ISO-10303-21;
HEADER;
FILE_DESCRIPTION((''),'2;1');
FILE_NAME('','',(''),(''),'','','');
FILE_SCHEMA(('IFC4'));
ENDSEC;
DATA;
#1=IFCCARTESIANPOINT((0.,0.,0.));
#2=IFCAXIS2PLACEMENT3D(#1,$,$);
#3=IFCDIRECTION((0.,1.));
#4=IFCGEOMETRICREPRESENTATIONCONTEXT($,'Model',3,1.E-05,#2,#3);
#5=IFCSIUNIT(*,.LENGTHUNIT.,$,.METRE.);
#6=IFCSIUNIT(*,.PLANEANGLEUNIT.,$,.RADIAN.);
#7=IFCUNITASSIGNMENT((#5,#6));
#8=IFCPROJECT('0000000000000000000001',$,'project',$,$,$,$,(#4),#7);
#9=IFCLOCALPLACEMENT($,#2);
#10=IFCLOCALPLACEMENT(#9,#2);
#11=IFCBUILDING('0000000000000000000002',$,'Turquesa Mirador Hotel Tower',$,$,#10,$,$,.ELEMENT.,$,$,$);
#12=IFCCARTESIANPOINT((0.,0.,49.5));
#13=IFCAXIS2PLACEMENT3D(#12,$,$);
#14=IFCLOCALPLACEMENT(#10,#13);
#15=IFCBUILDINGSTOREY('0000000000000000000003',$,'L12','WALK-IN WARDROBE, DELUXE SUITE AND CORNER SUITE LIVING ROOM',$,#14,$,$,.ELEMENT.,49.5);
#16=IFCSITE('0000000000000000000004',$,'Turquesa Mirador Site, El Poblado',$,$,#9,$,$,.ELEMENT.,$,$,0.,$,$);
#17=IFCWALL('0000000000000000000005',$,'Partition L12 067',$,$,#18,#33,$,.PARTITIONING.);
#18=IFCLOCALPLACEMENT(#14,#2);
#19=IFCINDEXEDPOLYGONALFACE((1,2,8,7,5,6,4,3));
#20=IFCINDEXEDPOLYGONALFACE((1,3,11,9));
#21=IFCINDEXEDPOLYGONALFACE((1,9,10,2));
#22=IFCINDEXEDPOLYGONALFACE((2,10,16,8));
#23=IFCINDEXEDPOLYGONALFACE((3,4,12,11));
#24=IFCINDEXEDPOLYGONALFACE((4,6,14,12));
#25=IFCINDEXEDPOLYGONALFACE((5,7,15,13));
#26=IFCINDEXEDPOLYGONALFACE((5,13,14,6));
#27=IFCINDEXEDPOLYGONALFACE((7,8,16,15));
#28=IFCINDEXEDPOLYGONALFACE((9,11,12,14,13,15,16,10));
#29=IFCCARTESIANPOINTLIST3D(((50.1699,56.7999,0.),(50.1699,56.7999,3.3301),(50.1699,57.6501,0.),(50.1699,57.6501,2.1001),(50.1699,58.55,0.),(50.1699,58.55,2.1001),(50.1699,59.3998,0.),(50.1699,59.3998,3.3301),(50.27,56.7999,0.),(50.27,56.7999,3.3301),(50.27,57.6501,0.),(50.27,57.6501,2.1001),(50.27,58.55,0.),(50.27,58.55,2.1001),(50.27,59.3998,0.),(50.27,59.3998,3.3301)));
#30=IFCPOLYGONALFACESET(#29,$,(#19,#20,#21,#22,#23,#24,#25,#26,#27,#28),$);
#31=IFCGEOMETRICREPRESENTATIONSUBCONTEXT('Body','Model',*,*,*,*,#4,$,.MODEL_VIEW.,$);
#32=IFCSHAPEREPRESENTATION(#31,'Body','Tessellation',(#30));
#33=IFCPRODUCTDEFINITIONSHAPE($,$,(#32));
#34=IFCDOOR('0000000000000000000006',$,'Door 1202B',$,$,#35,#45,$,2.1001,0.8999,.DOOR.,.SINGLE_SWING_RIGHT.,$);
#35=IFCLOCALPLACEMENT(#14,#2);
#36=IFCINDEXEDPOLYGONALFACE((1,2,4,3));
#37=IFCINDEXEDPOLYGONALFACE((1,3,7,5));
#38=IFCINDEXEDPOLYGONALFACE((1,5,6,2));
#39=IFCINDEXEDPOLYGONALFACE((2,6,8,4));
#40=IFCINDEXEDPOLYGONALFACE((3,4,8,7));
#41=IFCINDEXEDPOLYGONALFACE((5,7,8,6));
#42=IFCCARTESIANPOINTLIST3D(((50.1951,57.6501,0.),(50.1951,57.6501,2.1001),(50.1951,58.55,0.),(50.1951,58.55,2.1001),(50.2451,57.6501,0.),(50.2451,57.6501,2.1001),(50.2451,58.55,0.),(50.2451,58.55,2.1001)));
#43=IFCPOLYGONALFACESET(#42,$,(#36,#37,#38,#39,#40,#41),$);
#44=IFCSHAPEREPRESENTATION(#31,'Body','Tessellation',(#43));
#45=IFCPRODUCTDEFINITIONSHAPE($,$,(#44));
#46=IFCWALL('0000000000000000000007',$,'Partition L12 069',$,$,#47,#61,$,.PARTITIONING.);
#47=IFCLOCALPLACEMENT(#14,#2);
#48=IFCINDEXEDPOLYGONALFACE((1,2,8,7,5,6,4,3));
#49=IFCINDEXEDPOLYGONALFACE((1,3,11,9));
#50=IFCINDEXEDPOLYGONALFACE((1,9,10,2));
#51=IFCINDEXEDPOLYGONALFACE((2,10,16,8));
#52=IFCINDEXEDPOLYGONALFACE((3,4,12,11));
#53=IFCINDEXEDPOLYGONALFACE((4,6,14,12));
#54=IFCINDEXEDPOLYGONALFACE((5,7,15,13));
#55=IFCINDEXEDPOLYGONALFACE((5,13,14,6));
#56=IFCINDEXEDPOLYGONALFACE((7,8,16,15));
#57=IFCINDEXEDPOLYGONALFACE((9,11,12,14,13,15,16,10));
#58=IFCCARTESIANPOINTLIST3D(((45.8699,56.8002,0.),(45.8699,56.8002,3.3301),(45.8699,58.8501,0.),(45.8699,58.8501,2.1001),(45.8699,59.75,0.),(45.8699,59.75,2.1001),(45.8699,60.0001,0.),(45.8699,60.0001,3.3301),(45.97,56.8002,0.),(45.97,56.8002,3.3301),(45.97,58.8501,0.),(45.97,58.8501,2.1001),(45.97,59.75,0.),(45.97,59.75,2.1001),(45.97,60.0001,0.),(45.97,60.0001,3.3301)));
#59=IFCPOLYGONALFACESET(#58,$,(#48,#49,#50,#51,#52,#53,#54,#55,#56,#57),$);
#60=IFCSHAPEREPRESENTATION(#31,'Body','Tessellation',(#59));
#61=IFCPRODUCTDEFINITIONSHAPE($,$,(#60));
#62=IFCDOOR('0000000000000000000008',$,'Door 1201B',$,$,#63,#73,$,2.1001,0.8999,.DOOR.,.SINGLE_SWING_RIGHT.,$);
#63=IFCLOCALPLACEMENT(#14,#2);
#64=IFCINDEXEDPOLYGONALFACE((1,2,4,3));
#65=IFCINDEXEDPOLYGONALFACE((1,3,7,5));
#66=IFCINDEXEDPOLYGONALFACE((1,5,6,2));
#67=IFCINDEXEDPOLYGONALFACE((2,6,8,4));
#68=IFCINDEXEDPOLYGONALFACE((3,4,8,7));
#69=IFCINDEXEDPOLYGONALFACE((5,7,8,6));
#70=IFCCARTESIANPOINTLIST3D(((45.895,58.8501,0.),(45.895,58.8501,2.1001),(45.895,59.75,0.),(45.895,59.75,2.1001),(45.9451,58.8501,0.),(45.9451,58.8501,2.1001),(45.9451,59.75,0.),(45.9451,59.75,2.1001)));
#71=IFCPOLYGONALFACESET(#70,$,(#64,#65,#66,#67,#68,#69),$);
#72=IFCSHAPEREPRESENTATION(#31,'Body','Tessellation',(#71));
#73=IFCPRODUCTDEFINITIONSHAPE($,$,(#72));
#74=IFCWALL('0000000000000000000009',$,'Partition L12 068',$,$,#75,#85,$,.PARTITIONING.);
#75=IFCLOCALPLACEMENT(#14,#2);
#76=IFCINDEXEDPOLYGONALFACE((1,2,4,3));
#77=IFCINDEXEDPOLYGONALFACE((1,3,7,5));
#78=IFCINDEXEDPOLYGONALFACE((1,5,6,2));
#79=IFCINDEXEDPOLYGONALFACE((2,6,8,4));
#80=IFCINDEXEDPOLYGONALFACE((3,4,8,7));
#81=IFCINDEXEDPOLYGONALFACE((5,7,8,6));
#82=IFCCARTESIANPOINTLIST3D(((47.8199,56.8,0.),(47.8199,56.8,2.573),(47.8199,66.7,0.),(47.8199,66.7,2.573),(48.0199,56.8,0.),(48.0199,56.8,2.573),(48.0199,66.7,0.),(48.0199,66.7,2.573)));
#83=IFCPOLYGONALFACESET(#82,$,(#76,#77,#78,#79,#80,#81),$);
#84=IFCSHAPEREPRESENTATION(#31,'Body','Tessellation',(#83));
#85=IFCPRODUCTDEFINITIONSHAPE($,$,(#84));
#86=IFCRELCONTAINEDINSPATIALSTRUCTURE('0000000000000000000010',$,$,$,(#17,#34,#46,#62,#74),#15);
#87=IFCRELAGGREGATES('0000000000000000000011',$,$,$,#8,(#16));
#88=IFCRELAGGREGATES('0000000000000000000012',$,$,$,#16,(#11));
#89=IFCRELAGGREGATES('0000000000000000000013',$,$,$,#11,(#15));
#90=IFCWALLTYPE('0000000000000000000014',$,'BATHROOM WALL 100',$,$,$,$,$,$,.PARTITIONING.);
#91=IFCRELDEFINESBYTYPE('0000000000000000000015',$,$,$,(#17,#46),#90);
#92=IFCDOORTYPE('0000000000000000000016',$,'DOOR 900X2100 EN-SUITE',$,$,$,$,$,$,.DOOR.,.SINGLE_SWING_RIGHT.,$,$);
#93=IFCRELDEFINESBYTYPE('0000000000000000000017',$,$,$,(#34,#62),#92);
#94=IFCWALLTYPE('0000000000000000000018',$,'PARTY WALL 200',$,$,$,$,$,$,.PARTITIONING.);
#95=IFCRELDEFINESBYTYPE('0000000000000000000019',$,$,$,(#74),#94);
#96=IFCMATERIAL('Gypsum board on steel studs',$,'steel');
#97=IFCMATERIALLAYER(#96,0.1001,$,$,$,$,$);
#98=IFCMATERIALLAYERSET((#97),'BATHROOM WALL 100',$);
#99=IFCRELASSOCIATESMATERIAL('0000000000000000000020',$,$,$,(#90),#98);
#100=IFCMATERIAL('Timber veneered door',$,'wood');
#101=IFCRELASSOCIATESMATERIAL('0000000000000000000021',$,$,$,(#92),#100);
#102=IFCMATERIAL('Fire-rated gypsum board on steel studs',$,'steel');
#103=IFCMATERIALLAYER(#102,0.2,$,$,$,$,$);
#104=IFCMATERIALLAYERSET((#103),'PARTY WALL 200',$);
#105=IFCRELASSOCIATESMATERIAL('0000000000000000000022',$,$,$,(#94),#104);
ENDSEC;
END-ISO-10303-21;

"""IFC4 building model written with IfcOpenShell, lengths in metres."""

from ifc_helpers import new_model, si_unit, direction, frame, frame_2d, origin, place, context, subcontext, project, spatial, rectangle, extrude, material, layer, layer_set, type_object, element, fill, save


model = new_model("IFC4")

# Units and contexts
model_context = context("Model", 3, precision=1e-05, world=origin(), true_north=direction((0.0, 1.0)))
body_context = subcontext(model_context, "Body", "Model", "MODEL_VIEW")
ifc_project = project(units=[si_unit("LENGTHUNIT", "METRE"), si_unit("PLANEANGLEUNIT", "RADIAN")], contexts=[model_context])

# Site, building, storey
site_placement = place(None, origin())
site = spatial("IfcSite", under=ifc_project, at=site_placement, Name="Turquesa Mirador Site, El Poblado", CompositionType="ELEMENT", RefElevation=0.0)
building_placement = place(site_placement, origin())
building = spatial("IfcBuilding", under=site, at=building_placement, Name="Turquesa Mirador Hotel Tower", CompositionType="ELEMENT")
storey_placement = place(building_placement, frame((0.0, 0.0, 49.5)))
storey = spatial("IfcBuildingStorey", under=building, at=storey_placement, Name="L12", Description="WALK-IN WARDROBE, DELUXE SUITE AND CORNER SUITE LIVING ROOM", CompositionType="ELEMENT", Elevation=49.5)

# Shared definitions
ifc_material_1 = material(Name="Gypsum board on steel studs", Category="steel")
ifc_layer_1 = layer(ifc_material_1, 0.1001)
ifc_layer_set_1 = layer_set([ifc_layer_1], Name="BATHROOM WALL 100")
wall_type_1 = type_object("IfcWallType", Name="BATHROOM WALL 100", PredefinedType="PARTITIONING", material=ifc_layer_set_1)

# Walls, openings, doors
wall_1_placement = place(storey_placement, frame((50.22, 56.8, 0.0), z_axis=(0.0, 0.0, 1.0), x_axis=(0.0, 1.0, 0.0)))
wall_1 = element("IfcWall", 1, at=wall_1_placement, inside=storey, type_object=wall_type_1, Name="Partition L12 067", PredefinedType="PARTITIONING", context=body_context, shape_type="SweptSolid", body=[
    extrude(rectangle(XDim=2.5999, YDim=0.1001, at=frame_2d((1.2998, 0.0))), origin(), (0.0, 0.0, 1.0), 3.3301),
])
opening_1_placement = place(wall_1_placement, frame((0.8501, 0.0, 0.0)))
opening_1 = element("IfcOpeningElement", 2, at=opening_1_placement, cuts=wall_1, PredefinedType="OPENING", context=body_context, shape_type="SweptSolid", body=[
    extrude(rectangle(XDim=0.8999, YDim=2.1001, at=frame_2d((0.45, 1.05))), frame((0.0, 0.0601, 0.0), z_axis=(0.0, -1.0, 0.0), x_axis=(1.0, 0.0, 0.0)), (0.0, 0.0, 1.0), 0.1201),
])
ifc_material_2 = material(Name="Timber veneered door", Category="wood")
door_type_1 = type_object("IfcDoorType", Name="DOOR 900X2100 EN-SUITE", OperationType="SINGLE_SWING_RIGHT", PredefinedType="DOOR", material=ifc_material_2)
door_1_placement = place(opening_1_placement, origin())
door_1 = element("IfcDoor", 3, at=door_1_placement, inside=storey, type_object=door_type_1, Name="Door 1202B", OperationType="SINGLE_SWING_RIGHT", OverallHeight=2.1001, OverallWidth=0.8999, PredefinedType="DOOR", context=body_context, shape_type="SweptSolid", body=[
    extrude(rectangle(XDim=0.8999, YDim=2.1001, at=frame_2d((0.45, 1.05))), frame((0.0, 0.0249, 0.0), z_axis=(0.0, -1.0, 0.0), x_axis=(1.0, 0.0, 0.0)), (0.0, 0.0, 1.0), 0.05),
])
fill(opening_1, door_1)
wall_2_placement = place(storey_placement, frame((45.9199, 56.8, 0.0), z_axis=(0.0, 0.0, 1.0), x_axis=(0.0, 1.0, 0.0)))
wall_2 = element("IfcWall", 4, at=wall_2_placement, inside=storey, type_object=wall_type_1, Name="Partition L12 069", PredefinedType="PARTITIONING", context=body_context, shape_type="SweptSolid", body=[
    extrude(rectangle(XDim=3.2, YDim=0.1001, at=frame_2d((1.6001, 0.0))), origin(), (0.0, 0.0, 1.0), 3.3301),
])
opening_2_placement = place(wall_2_placement, frame((2.05, 0.0, 0.0)))
opening_2 = element("IfcOpeningElement", 5, at=opening_2_placement, cuts=wall_2, PredefinedType="OPENING", context=body_context, shape_type="SweptSolid", body=[
    extrude(rectangle(XDim=0.8999, YDim=2.1001, at=frame_2d((0.45, 1.05))), frame((0.0, 0.0601, 0.0), z_axis=(0.0, -1.0, 0.0), x_axis=(1.0, 0.0, 0.0)), (0.0, 0.0, 1.0), 0.1201),
])
door_2_placement = place(opening_2_placement, origin())
door_2 = element("IfcDoor", 6, at=door_2_placement, inside=storey, type_object=door_type_1, Name="Door 1201B", OperationType="SINGLE_SWING_RIGHT", OverallHeight=2.1001, OverallWidth=0.8999, PredefinedType="DOOR", context=body_context, shape_type="SweptSolid", body=[
    extrude(rectangle(XDim=0.8999, YDim=2.1001, at=frame_2d((0.45, 1.05))), frame((0.0, 0.0249, 0.0), z_axis=(0.0, -1.0, 0.0), x_axis=(1.0, 0.0, 0.0)), (0.0, 0.0, 1.0), 0.05),
])
fill(opening_2, door_2)

# Wall
ifc_material_3 = material(Name="Fire-rated gypsum board on steel studs", Category="steel")
ifc_layer_2 = layer(ifc_material_3, 0.2)
ifc_layer_set_2 = layer_set([ifc_layer_2], Name="PARTY WALL 200")
wall_type_2 = type_object("IfcWallType", Name="PARTY WALL 200", PredefinedType="PARTITIONING", material=ifc_layer_set_2)
wall_3_placement = place(storey_placement, frame((47.9199, 56.8, 0.0), z_axis=(0.0, 0.0, 1.0), x_axis=(0.0, 1.0, 0.0)))
element("IfcWall", 7, at=wall_3_placement, inside=storey, type_object=wall_type_2, Name="Partition L12 068", PredefinedType="PARTITIONING", context=body_context, shape_type="SweptSolid", body=[
    extrude(rectangle(XDim=9.8999, YDim=0.2, at=frame_2d((4.95, 0.0))), origin(), (0.0, 0.0, 1.0), 2.573),
])

save(model, "model.ifc")
